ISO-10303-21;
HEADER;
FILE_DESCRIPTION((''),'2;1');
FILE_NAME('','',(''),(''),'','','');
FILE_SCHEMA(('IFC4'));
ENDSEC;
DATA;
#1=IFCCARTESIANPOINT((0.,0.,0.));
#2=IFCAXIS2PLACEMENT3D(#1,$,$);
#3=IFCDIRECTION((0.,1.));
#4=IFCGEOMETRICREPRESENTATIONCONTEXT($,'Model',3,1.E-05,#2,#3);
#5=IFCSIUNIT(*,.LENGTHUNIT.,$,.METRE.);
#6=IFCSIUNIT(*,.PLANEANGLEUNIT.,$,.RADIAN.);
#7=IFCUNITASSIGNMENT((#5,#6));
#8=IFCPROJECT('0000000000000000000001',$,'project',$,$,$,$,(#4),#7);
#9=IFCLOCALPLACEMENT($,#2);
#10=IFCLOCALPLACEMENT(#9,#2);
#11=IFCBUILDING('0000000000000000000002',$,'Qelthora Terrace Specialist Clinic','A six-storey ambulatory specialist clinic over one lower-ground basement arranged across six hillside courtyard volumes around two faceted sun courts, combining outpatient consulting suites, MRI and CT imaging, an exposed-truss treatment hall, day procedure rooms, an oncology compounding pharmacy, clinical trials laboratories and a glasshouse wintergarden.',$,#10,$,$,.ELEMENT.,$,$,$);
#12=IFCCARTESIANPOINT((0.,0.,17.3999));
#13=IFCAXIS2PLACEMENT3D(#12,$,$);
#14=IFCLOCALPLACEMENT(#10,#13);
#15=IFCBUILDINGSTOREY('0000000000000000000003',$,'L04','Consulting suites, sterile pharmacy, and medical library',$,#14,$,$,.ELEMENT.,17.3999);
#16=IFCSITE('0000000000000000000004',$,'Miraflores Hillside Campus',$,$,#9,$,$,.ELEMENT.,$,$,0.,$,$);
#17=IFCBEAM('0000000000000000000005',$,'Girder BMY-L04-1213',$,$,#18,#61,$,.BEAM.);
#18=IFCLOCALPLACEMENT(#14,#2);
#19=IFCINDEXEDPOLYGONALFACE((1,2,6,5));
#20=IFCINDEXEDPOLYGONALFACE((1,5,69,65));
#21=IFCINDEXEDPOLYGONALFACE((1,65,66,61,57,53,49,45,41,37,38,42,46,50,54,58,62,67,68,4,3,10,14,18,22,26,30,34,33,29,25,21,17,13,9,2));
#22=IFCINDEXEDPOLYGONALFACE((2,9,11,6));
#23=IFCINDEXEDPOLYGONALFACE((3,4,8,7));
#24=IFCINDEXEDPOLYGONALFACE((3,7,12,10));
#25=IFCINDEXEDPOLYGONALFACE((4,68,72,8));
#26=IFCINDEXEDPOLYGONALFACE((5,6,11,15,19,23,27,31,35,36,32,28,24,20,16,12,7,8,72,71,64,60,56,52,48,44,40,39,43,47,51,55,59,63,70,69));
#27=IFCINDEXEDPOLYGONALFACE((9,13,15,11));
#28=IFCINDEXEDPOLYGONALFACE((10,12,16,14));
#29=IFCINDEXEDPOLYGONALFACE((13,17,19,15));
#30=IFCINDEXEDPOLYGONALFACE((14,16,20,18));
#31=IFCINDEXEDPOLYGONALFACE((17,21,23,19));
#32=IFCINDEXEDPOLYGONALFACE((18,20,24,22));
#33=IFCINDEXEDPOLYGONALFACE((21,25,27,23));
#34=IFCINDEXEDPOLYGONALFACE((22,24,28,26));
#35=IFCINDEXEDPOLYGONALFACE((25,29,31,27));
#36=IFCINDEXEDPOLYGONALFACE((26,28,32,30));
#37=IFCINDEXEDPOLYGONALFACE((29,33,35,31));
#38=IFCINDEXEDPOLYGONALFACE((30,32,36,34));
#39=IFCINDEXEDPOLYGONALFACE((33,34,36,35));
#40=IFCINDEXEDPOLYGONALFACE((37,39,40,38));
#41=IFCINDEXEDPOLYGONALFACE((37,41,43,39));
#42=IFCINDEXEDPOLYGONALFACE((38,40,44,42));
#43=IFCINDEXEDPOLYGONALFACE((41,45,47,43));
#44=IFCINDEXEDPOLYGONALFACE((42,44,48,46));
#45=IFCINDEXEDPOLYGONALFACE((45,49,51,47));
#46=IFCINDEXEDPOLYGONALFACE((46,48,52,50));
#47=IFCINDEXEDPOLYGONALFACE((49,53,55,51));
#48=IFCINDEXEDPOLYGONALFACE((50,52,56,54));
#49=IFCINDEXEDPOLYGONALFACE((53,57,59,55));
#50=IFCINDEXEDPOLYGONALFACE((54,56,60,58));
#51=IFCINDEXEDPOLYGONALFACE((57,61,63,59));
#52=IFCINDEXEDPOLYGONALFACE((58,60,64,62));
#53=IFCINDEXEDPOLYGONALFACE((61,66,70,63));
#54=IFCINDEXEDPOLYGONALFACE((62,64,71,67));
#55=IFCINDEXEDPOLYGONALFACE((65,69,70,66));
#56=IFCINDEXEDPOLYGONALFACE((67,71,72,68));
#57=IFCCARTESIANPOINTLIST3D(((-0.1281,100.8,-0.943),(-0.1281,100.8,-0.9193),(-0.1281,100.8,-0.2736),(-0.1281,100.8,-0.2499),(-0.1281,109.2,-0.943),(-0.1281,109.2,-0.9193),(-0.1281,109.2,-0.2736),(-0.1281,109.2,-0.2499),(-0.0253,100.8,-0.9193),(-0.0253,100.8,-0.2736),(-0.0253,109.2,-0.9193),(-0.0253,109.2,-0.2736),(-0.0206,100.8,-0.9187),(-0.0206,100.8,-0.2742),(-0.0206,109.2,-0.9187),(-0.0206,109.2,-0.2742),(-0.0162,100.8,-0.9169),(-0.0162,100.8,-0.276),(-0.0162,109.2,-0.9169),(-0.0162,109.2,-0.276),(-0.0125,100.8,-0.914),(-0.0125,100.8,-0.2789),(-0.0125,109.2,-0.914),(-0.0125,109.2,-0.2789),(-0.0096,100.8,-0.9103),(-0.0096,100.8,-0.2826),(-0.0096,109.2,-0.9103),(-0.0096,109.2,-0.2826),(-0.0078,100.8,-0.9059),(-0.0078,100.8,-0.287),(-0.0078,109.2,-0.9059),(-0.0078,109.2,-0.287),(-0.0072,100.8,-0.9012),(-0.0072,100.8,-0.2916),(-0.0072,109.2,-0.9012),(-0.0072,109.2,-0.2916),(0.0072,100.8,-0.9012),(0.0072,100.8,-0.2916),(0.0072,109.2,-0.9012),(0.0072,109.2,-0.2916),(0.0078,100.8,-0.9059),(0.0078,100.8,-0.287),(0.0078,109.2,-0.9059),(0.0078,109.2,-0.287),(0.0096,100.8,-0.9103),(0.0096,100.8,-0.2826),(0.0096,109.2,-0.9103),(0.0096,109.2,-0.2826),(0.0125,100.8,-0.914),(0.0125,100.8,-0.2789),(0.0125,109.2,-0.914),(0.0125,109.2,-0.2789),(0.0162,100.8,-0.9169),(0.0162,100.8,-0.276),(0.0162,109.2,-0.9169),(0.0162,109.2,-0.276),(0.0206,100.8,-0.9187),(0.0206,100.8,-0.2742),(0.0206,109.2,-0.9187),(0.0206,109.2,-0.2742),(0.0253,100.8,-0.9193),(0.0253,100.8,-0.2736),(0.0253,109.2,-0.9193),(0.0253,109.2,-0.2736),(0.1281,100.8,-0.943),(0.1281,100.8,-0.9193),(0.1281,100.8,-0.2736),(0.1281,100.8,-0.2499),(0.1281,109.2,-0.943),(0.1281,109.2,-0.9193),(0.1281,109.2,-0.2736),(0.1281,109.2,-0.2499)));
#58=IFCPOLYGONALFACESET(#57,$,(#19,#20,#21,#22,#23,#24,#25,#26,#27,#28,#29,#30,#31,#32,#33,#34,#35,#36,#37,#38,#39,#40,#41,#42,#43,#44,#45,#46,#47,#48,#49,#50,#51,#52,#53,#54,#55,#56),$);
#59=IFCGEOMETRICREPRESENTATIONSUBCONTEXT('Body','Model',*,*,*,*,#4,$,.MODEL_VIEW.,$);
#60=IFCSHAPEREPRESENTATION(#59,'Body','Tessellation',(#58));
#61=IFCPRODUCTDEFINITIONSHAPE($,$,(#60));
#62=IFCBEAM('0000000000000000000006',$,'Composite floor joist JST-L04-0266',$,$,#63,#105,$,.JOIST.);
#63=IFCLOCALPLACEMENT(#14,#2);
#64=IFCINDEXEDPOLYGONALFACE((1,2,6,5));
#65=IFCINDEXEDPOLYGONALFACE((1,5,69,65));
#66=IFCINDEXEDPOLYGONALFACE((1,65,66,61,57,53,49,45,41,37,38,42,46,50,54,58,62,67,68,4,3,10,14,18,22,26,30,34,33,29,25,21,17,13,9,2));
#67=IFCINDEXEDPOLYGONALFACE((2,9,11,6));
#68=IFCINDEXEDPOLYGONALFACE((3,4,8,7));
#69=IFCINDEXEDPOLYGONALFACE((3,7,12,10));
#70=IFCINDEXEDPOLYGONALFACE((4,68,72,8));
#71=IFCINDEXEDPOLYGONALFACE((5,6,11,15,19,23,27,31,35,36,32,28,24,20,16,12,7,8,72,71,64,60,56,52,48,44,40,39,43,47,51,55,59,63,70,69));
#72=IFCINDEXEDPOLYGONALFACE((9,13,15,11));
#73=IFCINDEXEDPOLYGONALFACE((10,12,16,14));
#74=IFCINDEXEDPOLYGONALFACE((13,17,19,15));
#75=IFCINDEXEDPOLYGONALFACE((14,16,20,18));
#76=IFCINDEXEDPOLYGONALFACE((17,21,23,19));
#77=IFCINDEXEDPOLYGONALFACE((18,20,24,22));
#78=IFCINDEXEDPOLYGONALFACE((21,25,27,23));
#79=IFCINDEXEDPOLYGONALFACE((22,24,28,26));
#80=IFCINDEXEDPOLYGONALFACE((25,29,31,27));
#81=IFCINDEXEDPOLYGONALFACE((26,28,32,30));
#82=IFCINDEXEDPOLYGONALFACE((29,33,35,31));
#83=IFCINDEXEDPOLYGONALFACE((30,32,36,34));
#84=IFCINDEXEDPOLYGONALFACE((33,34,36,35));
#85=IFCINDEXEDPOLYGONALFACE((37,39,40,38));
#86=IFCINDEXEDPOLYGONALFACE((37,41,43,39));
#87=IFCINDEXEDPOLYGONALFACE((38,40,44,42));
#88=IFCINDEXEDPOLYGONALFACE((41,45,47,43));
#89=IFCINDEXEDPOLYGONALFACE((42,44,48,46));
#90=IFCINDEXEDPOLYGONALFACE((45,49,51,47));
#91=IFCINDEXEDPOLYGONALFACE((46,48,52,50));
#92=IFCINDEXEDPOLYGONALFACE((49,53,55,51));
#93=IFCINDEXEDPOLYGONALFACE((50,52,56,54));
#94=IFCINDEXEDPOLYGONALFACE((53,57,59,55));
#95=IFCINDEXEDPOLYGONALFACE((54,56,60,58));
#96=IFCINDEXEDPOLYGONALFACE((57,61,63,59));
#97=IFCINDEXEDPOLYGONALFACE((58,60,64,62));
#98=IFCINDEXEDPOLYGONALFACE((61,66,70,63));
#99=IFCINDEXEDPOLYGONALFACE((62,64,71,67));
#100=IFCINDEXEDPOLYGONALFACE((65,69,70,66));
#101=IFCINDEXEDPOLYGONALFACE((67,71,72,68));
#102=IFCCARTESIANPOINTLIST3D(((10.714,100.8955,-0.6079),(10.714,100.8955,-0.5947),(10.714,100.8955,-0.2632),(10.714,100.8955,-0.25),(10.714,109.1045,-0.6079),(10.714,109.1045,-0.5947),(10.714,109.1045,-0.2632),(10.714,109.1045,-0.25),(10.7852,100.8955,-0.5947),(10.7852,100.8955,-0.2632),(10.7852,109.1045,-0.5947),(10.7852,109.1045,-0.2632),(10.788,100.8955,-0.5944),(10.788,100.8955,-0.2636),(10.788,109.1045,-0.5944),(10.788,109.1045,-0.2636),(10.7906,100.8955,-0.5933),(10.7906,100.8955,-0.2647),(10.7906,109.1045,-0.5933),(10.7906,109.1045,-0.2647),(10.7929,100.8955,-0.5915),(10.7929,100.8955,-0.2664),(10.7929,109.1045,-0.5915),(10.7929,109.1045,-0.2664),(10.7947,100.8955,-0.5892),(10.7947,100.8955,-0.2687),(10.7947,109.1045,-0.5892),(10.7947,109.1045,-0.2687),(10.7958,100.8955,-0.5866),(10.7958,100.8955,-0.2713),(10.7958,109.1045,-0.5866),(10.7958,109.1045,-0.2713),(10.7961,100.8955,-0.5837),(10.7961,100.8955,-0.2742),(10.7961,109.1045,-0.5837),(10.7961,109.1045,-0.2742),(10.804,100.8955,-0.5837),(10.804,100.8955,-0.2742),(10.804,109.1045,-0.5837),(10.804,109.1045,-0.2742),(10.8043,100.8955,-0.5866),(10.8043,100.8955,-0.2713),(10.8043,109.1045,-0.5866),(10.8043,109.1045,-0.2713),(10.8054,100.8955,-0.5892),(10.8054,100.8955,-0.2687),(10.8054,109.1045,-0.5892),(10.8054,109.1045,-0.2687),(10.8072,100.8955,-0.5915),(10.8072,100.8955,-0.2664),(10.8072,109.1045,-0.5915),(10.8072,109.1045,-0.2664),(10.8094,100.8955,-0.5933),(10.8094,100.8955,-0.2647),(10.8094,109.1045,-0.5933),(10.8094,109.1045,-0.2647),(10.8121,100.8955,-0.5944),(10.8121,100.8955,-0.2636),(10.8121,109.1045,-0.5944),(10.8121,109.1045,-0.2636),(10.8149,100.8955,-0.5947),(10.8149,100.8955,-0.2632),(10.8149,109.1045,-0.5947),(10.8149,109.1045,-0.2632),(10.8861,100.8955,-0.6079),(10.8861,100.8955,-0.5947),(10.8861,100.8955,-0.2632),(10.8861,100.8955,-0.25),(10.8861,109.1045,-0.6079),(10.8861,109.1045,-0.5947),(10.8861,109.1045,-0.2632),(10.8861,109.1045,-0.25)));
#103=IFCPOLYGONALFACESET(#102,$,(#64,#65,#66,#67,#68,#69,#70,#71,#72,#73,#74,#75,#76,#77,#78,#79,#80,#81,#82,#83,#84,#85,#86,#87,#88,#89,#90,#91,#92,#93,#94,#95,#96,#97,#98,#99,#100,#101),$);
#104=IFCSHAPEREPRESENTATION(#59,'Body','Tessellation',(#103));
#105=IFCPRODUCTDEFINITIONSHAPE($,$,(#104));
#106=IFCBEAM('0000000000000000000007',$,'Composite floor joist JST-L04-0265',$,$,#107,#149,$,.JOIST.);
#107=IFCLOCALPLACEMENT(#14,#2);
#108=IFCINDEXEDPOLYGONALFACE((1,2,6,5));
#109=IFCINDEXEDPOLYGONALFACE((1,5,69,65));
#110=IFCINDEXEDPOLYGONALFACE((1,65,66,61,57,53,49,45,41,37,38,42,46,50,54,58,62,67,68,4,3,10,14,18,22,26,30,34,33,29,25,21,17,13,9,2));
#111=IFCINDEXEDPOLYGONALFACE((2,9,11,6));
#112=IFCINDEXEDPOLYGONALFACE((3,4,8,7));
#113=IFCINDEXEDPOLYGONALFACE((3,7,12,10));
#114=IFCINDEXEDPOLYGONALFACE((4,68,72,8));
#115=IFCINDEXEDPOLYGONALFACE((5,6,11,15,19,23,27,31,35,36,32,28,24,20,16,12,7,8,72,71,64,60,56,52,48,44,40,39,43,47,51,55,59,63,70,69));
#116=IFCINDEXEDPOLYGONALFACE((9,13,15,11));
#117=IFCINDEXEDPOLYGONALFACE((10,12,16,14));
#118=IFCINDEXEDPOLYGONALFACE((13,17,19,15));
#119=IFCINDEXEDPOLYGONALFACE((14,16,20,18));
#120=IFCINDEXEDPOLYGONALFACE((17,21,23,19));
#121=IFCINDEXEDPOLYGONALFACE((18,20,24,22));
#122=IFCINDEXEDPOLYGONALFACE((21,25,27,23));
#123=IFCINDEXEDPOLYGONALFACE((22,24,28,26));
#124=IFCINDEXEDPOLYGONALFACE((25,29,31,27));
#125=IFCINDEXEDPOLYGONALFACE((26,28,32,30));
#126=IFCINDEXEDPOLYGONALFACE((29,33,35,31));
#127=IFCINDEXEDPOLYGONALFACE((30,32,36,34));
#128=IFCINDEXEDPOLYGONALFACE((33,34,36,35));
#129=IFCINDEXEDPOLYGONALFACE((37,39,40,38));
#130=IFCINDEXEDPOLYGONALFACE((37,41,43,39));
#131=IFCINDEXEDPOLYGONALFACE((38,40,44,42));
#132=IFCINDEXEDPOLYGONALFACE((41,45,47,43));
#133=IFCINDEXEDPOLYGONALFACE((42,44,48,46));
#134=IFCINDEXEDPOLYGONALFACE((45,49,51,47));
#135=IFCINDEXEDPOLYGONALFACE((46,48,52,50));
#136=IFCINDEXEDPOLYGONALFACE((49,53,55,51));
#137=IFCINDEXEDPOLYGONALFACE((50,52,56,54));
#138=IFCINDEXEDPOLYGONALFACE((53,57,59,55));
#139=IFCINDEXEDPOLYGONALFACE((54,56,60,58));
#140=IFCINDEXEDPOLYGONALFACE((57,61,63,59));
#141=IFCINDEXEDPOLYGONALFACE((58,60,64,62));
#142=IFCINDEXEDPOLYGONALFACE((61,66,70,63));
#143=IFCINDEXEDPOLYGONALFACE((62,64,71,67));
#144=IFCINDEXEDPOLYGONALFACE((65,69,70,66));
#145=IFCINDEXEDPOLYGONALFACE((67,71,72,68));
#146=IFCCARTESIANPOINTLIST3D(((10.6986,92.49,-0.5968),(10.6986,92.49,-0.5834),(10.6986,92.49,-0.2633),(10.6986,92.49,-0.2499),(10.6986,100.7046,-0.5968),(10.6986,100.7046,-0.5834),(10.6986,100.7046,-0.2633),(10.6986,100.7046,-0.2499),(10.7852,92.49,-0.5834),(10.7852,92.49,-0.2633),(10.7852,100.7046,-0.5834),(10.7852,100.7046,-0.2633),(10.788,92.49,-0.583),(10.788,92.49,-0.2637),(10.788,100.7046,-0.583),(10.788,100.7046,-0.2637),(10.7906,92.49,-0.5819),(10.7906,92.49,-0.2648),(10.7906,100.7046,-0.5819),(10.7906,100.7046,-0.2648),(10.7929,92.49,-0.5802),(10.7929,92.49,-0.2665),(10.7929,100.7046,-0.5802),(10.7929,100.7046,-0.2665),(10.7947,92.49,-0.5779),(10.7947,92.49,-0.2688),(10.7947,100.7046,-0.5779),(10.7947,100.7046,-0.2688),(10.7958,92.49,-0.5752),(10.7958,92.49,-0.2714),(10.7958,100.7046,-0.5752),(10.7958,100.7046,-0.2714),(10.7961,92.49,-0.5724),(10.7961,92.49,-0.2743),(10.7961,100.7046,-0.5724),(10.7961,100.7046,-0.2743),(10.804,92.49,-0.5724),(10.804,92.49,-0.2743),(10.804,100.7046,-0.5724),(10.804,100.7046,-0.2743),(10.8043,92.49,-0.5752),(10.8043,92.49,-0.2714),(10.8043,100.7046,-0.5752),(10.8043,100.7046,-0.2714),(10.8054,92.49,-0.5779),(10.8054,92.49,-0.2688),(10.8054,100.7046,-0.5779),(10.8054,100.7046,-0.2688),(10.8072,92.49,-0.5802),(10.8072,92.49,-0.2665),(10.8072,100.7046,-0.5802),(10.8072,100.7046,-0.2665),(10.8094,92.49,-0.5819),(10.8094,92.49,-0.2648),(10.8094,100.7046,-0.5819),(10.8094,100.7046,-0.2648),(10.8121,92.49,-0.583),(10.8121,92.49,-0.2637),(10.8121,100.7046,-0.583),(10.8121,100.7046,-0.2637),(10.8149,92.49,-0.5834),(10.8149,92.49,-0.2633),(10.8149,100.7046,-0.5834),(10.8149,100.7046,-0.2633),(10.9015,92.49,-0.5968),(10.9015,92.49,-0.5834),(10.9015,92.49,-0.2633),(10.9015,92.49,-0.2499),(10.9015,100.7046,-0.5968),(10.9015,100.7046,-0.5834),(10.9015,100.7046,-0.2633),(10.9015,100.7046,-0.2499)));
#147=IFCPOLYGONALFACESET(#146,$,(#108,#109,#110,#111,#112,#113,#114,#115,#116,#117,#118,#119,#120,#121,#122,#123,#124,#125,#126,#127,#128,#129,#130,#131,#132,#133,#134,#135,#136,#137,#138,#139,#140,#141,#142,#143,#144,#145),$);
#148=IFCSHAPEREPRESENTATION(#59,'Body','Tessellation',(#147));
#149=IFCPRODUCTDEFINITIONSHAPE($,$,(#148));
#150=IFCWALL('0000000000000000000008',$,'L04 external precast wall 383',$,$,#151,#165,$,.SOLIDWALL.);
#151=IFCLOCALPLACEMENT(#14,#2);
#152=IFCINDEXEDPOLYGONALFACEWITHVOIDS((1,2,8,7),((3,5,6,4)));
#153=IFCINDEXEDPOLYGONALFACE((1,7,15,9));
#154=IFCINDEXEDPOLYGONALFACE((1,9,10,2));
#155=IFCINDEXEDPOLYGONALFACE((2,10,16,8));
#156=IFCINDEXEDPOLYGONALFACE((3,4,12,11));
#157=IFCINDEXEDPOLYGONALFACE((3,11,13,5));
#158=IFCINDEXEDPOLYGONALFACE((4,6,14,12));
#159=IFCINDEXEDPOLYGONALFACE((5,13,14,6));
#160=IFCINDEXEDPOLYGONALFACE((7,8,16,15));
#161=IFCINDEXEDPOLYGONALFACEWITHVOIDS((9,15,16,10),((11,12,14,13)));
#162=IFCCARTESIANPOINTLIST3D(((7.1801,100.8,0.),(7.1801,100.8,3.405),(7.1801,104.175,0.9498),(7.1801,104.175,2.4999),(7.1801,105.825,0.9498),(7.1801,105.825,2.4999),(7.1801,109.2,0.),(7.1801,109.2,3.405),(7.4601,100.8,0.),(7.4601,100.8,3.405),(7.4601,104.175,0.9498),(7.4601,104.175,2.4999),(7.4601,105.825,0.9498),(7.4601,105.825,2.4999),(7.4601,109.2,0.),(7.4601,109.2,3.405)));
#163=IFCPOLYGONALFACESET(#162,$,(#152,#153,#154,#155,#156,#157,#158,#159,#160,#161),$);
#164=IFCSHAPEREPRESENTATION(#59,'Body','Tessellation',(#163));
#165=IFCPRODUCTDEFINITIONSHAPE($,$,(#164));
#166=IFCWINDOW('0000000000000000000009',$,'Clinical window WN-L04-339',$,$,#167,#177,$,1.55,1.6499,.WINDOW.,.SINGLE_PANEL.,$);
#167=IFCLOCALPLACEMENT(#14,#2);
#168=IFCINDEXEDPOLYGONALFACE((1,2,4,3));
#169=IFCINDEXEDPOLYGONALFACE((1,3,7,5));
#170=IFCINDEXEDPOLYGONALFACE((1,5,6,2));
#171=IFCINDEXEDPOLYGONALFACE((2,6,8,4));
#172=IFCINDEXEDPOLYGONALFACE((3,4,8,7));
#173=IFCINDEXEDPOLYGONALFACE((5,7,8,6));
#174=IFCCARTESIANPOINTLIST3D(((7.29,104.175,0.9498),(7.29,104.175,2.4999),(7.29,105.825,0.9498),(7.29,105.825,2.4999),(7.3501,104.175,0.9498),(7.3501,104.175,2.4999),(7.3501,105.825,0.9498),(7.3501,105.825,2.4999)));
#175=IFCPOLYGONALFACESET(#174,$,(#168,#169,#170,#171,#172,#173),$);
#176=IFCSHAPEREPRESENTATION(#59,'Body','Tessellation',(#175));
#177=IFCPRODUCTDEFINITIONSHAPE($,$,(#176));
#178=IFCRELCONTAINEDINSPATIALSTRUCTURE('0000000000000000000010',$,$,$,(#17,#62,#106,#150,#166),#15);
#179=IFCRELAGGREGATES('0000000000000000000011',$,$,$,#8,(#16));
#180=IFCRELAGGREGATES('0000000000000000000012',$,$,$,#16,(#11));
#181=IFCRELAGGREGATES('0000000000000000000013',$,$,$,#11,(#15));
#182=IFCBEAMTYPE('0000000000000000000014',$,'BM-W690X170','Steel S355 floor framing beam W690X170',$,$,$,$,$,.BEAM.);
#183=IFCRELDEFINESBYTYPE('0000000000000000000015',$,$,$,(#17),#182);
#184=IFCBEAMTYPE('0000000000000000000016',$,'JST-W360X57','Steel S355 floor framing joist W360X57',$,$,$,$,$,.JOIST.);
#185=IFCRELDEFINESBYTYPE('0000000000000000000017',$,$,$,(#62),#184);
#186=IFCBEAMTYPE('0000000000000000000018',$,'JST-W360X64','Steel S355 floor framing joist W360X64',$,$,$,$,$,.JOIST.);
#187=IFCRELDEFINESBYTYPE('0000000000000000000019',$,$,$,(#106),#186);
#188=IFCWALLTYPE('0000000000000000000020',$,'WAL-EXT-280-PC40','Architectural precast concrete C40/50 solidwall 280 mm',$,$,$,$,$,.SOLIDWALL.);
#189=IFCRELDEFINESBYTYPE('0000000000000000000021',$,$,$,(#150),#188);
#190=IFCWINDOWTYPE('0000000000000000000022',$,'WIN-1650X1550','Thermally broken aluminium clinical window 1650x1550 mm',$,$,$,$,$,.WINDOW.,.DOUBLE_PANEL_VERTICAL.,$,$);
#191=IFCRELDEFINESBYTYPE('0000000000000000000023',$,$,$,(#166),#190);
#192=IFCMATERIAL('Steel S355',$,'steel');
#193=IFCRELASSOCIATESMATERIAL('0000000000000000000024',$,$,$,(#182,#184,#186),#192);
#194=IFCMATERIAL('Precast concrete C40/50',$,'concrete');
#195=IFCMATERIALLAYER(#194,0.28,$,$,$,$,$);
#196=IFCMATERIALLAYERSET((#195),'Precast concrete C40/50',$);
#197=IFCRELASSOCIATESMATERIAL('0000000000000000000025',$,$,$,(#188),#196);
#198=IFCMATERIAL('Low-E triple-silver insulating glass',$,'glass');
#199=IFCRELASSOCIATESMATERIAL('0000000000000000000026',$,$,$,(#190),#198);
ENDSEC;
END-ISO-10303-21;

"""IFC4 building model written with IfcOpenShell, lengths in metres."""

from ifc_helpers import new_model, si_unit, direction, frame, frame_2d, origin, origin_2d, place, context, subcontext, project, spatial, rectangle, i_section, extrude, material, layer, layer_set, material_profile, profile_set, type_object, element, fill, save


model = new_model("IFC4")

# Units and contexts
model_context = context("Model", 3, precision=1e-05, world=origin(), true_north=direction((0.0, 1.0)))
body_context = subcontext(model_context, "Body", "Model", "MODEL_VIEW")
ifc_project = project(units=[si_unit("LENGTHUNIT", "METRE"), si_unit("PLANEANGLEUNIT", "RADIAN")], contexts=[model_context])

# Site, building, storey
site_placement = place(None, origin())
site = spatial("IfcSite", under=ifc_project, at=site_placement, Name="Miraflores Hillside Campus", CompositionType="ELEMENT", RefElevation=0.0)
building_placement = place(site_placement, origin())
building = spatial("IfcBuilding", under=site, at=building_placement, Name="Qelthora Terrace Specialist Clinic", Description="A six-storey ambulatory specialist clinic over one lower-ground basement arranged across six hillside courtyard volumes around two faceted sun courts, combining outpatient consulting suites, MRI and CT imaging, an exposed-truss treatment hall, day procedure rooms, an oncology compounding pharmacy, clinical trials laboratories and a glasshouse wintergarden.", CompositionType="ELEMENT")
storey_placement = place(building_placement, frame((0.0, 0.0, 17.3999)))
storey = spatial("IfcBuildingStorey", under=building, at=storey_placement, Name="L04", Description="Consulting suites, sterile pharmacy, and medical library", CompositionType="ELEMENT", Elevation=17.3999)

# Shared definitions
ifc_material_1 = material(Name="Steel S355", Category="steel")

# Beams
ifc_material_profile_1 = material_profile(ifc_material_1, i_section(OverallWidth=0.2561, OverallDepth=0.6931, WebThickness=0.0144, FlangeThickness=0.0237, FilletRadius=0.0181, at=origin_2d()), Name="W690X170")
ifc_profile_set_1 = profile_set([ifc_material_profile_1], Name="Steel S355")
beam_type_1 = type_object("IfcBeamType", Name="BM-W690X170", Description="Steel S355 floor framing beam W690X170", PredefinedType="BEAM", material=ifc_profile_set_1)
beam_1_placement = place(storey_placement, frame((0.0, 100.8, -0.5964), z_axis=(0.0, 1.0, 0.0), x_axis=(-1.0, 0.0, 0.0)))
element("IfcBeam", 1, at=beam_1_placement, inside=storey, type_object=beam_type_1, Name="Girder BMY-L04-1213", PredefinedType="BEAM", context=body_context, shape_type="SweptSolid", body=[
    extrude(i_section(OverallWidth=0.2561, OverallDepth=0.6931, WebThickness=0.0144, FlangeThickness=0.0237, FilletRadius=0.0181, at=origin_2d()), origin(), (0.0, 0.0, 1.0), 8.3999),
])
ifc_material_profile_2 = material_profile(ifc_material_1, i_section(OverallWidth=0.1721, OverallDepth=0.3579, WebThickness=0.0078, FlangeThickness=0.0132, FilletRadius=0.011, at=origin_2d()), Name="W360X57")
ifc_profile_set_2 = profile_set([ifc_material_profile_2], Name="Steel S355")
beam_type_2 = type_object("IfcBeamType", Name="JST-W360X57", Description="Steel S355 floor framing joist W360X57", PredefinedType="JOIST", material=ifc_profile_set_2)
beam_2_placement = place(storey_placement, frame((10.8, 100.8955, -0.429), z_axis=(0.0, 1.0, 0.0), x_axis=(-1.0, 0.0, 0.0)))
element("IfcBeam", 2, at=beam_2_placement, inside=storey, type_object=beam_type_2, Name="Composite floor joist JST-L04-0266", PredefinedType="JOIST", context=body_context, shape_type="SweptSolid", body=[
    extrude(i_section(OverallWidth=0.1721, OverallDepth=0.3579, WebThickness=0.0078, FlangeThickness=0.0132, FilletRadius=0.011, at=origin_2d()), origin(), (0.0, 0.0, 1.0), 8.209),
])
ifc_material_profile_3 = material_profile(ifc_material_1, i_section(OverallWidth=0.2029, OverallDepth=0.3469, WebThickness=0.0078, FlangeThickness=0.0134, FilletRadius=0.011, at=origin_2d()), Name="W360X64")
ifc_profile_set_3 = profile_set([ifc_material_profile_3], Name="Steel S355")
beam_type_3 = type_object("IfcBeamType", Name="JST-W360X64", Description="Steel S355 floor framing joist W360X64", PredefinedType="JOIST", material=ifc_profile_set_3)
beam_3_placement = place(storey_placement, frame((10.8, 92.49, -0.4233), z_axis=(0.0, 1.0, 0.0), x_axis=(-1.0, 0.0, 0.0)))
element("IfcBeam", 3, at=beam_3_placement, inside=storey, type_object=beam_type_3, Name="Composite floor joist JST-L04-0265", PredefinedType="JOIST", context=body_context, shape_type="SweptSolid", body=[
    extrude(i_section(OverallWidth=0.2029, OverallDepth=0.3469, WebThickness=0.0078, FlangeThickness=0.0134, FilletRadius=0.011, at=origin_2d()), origin(), (0.0, 0.0, 1.0), 8.2146),
])

# Wall, opening, window
ifc_material_2 = material(Name="Precast concrete C40/50", Category="concrete")
ifc_layer = layer(ifc_material_2, 0.28)
ifc_layer_set = layer_set([ifc_layer], Name="Precast concrete C40/50")
wall_type = type_object("IfcWallType", Name="WAL-EXT-280-PC40", Description="Architectural precast concrete C40/50 solidwall 280 mm", PredefinedType="SOLIDWALL", material=ifc_layer_set)
wall_placement = place(storey_placement, frame((7.3201, 100.8, 0.0), z_axis=(0.0, 0.0, 1.0), x_axis=(0.0, 1.0, 0.0)))
wall = element("IfcWall", 4, at=wall_placement, inside=storey, type_object=wall_type, Name="L04 external precast wall 383", PredefinedType="SOLIDWALL", context=body_context, shape_type="SweptSolid", body=[
    extrude(rectangle(XDim=8.3999, YDim=0.28, at=frame_2d((4.2, 0.0))), origin(), (0.0, 0.0, 1.0), 3.405),
])
opening_placement = place(wall_placement, frame((3.375, 0.0, 0.95)))
opening = element("IfcOpeningElement", 5, at=opening_placement, cuts=wall, PredefinedType="OPENING", context=body_context, shape_type="SweptSolid", body=[
    extrude(rectangle(XDim=1.6499, YDim=1.55, at=frame_2d((0.825, 0.7749))), frame((0.0, 0.1499, 0.0), z_axis=(0.0, -1.0, 0.0), x_axis=(1.0, 0.0, 0.0)), (0.0, 0.0, 1.0), 0.3),
])
ifc_material_3 = material(Name="Low-E triple-silver insulating glass", Category="glass")
window_type = type_object("IfcWindowType", Name="WIN-1650X1550", Description="Thermally broken aluminium clinical window 1650x1550 mm", PartitioningType="DOUBLE_PANEL_VERTICAL", PredefinedType="WINDOW", material=ifc_material_3)
window_placement = place(opening_placement, origin())
window = element("IfcWindow", 6, at=window_placement, inside=storey, type_object=window_type, Name="Clinical window WN-L04-339", OverallHeight=1.55, OverallWidth=1.6499, PartitioningType="SINGLE_PANEL", PredefinedType="WINDOW", context=body_context, shape_type="SweptSolid", body=[
    extrude(rectangle(XDim=1.6499, YDim=1.55, at=frame_2d((0.825, 0.7749))), frame((0.0, 0.03, 0.0), z_axis=(0.0, -1.0, 0.0), x_axis=(1.0, 0.0, 0.0)), (0.0, 0.0, 1.0), 0.0601),
])
fill(opening, window)

save(model, "model.ifc")
